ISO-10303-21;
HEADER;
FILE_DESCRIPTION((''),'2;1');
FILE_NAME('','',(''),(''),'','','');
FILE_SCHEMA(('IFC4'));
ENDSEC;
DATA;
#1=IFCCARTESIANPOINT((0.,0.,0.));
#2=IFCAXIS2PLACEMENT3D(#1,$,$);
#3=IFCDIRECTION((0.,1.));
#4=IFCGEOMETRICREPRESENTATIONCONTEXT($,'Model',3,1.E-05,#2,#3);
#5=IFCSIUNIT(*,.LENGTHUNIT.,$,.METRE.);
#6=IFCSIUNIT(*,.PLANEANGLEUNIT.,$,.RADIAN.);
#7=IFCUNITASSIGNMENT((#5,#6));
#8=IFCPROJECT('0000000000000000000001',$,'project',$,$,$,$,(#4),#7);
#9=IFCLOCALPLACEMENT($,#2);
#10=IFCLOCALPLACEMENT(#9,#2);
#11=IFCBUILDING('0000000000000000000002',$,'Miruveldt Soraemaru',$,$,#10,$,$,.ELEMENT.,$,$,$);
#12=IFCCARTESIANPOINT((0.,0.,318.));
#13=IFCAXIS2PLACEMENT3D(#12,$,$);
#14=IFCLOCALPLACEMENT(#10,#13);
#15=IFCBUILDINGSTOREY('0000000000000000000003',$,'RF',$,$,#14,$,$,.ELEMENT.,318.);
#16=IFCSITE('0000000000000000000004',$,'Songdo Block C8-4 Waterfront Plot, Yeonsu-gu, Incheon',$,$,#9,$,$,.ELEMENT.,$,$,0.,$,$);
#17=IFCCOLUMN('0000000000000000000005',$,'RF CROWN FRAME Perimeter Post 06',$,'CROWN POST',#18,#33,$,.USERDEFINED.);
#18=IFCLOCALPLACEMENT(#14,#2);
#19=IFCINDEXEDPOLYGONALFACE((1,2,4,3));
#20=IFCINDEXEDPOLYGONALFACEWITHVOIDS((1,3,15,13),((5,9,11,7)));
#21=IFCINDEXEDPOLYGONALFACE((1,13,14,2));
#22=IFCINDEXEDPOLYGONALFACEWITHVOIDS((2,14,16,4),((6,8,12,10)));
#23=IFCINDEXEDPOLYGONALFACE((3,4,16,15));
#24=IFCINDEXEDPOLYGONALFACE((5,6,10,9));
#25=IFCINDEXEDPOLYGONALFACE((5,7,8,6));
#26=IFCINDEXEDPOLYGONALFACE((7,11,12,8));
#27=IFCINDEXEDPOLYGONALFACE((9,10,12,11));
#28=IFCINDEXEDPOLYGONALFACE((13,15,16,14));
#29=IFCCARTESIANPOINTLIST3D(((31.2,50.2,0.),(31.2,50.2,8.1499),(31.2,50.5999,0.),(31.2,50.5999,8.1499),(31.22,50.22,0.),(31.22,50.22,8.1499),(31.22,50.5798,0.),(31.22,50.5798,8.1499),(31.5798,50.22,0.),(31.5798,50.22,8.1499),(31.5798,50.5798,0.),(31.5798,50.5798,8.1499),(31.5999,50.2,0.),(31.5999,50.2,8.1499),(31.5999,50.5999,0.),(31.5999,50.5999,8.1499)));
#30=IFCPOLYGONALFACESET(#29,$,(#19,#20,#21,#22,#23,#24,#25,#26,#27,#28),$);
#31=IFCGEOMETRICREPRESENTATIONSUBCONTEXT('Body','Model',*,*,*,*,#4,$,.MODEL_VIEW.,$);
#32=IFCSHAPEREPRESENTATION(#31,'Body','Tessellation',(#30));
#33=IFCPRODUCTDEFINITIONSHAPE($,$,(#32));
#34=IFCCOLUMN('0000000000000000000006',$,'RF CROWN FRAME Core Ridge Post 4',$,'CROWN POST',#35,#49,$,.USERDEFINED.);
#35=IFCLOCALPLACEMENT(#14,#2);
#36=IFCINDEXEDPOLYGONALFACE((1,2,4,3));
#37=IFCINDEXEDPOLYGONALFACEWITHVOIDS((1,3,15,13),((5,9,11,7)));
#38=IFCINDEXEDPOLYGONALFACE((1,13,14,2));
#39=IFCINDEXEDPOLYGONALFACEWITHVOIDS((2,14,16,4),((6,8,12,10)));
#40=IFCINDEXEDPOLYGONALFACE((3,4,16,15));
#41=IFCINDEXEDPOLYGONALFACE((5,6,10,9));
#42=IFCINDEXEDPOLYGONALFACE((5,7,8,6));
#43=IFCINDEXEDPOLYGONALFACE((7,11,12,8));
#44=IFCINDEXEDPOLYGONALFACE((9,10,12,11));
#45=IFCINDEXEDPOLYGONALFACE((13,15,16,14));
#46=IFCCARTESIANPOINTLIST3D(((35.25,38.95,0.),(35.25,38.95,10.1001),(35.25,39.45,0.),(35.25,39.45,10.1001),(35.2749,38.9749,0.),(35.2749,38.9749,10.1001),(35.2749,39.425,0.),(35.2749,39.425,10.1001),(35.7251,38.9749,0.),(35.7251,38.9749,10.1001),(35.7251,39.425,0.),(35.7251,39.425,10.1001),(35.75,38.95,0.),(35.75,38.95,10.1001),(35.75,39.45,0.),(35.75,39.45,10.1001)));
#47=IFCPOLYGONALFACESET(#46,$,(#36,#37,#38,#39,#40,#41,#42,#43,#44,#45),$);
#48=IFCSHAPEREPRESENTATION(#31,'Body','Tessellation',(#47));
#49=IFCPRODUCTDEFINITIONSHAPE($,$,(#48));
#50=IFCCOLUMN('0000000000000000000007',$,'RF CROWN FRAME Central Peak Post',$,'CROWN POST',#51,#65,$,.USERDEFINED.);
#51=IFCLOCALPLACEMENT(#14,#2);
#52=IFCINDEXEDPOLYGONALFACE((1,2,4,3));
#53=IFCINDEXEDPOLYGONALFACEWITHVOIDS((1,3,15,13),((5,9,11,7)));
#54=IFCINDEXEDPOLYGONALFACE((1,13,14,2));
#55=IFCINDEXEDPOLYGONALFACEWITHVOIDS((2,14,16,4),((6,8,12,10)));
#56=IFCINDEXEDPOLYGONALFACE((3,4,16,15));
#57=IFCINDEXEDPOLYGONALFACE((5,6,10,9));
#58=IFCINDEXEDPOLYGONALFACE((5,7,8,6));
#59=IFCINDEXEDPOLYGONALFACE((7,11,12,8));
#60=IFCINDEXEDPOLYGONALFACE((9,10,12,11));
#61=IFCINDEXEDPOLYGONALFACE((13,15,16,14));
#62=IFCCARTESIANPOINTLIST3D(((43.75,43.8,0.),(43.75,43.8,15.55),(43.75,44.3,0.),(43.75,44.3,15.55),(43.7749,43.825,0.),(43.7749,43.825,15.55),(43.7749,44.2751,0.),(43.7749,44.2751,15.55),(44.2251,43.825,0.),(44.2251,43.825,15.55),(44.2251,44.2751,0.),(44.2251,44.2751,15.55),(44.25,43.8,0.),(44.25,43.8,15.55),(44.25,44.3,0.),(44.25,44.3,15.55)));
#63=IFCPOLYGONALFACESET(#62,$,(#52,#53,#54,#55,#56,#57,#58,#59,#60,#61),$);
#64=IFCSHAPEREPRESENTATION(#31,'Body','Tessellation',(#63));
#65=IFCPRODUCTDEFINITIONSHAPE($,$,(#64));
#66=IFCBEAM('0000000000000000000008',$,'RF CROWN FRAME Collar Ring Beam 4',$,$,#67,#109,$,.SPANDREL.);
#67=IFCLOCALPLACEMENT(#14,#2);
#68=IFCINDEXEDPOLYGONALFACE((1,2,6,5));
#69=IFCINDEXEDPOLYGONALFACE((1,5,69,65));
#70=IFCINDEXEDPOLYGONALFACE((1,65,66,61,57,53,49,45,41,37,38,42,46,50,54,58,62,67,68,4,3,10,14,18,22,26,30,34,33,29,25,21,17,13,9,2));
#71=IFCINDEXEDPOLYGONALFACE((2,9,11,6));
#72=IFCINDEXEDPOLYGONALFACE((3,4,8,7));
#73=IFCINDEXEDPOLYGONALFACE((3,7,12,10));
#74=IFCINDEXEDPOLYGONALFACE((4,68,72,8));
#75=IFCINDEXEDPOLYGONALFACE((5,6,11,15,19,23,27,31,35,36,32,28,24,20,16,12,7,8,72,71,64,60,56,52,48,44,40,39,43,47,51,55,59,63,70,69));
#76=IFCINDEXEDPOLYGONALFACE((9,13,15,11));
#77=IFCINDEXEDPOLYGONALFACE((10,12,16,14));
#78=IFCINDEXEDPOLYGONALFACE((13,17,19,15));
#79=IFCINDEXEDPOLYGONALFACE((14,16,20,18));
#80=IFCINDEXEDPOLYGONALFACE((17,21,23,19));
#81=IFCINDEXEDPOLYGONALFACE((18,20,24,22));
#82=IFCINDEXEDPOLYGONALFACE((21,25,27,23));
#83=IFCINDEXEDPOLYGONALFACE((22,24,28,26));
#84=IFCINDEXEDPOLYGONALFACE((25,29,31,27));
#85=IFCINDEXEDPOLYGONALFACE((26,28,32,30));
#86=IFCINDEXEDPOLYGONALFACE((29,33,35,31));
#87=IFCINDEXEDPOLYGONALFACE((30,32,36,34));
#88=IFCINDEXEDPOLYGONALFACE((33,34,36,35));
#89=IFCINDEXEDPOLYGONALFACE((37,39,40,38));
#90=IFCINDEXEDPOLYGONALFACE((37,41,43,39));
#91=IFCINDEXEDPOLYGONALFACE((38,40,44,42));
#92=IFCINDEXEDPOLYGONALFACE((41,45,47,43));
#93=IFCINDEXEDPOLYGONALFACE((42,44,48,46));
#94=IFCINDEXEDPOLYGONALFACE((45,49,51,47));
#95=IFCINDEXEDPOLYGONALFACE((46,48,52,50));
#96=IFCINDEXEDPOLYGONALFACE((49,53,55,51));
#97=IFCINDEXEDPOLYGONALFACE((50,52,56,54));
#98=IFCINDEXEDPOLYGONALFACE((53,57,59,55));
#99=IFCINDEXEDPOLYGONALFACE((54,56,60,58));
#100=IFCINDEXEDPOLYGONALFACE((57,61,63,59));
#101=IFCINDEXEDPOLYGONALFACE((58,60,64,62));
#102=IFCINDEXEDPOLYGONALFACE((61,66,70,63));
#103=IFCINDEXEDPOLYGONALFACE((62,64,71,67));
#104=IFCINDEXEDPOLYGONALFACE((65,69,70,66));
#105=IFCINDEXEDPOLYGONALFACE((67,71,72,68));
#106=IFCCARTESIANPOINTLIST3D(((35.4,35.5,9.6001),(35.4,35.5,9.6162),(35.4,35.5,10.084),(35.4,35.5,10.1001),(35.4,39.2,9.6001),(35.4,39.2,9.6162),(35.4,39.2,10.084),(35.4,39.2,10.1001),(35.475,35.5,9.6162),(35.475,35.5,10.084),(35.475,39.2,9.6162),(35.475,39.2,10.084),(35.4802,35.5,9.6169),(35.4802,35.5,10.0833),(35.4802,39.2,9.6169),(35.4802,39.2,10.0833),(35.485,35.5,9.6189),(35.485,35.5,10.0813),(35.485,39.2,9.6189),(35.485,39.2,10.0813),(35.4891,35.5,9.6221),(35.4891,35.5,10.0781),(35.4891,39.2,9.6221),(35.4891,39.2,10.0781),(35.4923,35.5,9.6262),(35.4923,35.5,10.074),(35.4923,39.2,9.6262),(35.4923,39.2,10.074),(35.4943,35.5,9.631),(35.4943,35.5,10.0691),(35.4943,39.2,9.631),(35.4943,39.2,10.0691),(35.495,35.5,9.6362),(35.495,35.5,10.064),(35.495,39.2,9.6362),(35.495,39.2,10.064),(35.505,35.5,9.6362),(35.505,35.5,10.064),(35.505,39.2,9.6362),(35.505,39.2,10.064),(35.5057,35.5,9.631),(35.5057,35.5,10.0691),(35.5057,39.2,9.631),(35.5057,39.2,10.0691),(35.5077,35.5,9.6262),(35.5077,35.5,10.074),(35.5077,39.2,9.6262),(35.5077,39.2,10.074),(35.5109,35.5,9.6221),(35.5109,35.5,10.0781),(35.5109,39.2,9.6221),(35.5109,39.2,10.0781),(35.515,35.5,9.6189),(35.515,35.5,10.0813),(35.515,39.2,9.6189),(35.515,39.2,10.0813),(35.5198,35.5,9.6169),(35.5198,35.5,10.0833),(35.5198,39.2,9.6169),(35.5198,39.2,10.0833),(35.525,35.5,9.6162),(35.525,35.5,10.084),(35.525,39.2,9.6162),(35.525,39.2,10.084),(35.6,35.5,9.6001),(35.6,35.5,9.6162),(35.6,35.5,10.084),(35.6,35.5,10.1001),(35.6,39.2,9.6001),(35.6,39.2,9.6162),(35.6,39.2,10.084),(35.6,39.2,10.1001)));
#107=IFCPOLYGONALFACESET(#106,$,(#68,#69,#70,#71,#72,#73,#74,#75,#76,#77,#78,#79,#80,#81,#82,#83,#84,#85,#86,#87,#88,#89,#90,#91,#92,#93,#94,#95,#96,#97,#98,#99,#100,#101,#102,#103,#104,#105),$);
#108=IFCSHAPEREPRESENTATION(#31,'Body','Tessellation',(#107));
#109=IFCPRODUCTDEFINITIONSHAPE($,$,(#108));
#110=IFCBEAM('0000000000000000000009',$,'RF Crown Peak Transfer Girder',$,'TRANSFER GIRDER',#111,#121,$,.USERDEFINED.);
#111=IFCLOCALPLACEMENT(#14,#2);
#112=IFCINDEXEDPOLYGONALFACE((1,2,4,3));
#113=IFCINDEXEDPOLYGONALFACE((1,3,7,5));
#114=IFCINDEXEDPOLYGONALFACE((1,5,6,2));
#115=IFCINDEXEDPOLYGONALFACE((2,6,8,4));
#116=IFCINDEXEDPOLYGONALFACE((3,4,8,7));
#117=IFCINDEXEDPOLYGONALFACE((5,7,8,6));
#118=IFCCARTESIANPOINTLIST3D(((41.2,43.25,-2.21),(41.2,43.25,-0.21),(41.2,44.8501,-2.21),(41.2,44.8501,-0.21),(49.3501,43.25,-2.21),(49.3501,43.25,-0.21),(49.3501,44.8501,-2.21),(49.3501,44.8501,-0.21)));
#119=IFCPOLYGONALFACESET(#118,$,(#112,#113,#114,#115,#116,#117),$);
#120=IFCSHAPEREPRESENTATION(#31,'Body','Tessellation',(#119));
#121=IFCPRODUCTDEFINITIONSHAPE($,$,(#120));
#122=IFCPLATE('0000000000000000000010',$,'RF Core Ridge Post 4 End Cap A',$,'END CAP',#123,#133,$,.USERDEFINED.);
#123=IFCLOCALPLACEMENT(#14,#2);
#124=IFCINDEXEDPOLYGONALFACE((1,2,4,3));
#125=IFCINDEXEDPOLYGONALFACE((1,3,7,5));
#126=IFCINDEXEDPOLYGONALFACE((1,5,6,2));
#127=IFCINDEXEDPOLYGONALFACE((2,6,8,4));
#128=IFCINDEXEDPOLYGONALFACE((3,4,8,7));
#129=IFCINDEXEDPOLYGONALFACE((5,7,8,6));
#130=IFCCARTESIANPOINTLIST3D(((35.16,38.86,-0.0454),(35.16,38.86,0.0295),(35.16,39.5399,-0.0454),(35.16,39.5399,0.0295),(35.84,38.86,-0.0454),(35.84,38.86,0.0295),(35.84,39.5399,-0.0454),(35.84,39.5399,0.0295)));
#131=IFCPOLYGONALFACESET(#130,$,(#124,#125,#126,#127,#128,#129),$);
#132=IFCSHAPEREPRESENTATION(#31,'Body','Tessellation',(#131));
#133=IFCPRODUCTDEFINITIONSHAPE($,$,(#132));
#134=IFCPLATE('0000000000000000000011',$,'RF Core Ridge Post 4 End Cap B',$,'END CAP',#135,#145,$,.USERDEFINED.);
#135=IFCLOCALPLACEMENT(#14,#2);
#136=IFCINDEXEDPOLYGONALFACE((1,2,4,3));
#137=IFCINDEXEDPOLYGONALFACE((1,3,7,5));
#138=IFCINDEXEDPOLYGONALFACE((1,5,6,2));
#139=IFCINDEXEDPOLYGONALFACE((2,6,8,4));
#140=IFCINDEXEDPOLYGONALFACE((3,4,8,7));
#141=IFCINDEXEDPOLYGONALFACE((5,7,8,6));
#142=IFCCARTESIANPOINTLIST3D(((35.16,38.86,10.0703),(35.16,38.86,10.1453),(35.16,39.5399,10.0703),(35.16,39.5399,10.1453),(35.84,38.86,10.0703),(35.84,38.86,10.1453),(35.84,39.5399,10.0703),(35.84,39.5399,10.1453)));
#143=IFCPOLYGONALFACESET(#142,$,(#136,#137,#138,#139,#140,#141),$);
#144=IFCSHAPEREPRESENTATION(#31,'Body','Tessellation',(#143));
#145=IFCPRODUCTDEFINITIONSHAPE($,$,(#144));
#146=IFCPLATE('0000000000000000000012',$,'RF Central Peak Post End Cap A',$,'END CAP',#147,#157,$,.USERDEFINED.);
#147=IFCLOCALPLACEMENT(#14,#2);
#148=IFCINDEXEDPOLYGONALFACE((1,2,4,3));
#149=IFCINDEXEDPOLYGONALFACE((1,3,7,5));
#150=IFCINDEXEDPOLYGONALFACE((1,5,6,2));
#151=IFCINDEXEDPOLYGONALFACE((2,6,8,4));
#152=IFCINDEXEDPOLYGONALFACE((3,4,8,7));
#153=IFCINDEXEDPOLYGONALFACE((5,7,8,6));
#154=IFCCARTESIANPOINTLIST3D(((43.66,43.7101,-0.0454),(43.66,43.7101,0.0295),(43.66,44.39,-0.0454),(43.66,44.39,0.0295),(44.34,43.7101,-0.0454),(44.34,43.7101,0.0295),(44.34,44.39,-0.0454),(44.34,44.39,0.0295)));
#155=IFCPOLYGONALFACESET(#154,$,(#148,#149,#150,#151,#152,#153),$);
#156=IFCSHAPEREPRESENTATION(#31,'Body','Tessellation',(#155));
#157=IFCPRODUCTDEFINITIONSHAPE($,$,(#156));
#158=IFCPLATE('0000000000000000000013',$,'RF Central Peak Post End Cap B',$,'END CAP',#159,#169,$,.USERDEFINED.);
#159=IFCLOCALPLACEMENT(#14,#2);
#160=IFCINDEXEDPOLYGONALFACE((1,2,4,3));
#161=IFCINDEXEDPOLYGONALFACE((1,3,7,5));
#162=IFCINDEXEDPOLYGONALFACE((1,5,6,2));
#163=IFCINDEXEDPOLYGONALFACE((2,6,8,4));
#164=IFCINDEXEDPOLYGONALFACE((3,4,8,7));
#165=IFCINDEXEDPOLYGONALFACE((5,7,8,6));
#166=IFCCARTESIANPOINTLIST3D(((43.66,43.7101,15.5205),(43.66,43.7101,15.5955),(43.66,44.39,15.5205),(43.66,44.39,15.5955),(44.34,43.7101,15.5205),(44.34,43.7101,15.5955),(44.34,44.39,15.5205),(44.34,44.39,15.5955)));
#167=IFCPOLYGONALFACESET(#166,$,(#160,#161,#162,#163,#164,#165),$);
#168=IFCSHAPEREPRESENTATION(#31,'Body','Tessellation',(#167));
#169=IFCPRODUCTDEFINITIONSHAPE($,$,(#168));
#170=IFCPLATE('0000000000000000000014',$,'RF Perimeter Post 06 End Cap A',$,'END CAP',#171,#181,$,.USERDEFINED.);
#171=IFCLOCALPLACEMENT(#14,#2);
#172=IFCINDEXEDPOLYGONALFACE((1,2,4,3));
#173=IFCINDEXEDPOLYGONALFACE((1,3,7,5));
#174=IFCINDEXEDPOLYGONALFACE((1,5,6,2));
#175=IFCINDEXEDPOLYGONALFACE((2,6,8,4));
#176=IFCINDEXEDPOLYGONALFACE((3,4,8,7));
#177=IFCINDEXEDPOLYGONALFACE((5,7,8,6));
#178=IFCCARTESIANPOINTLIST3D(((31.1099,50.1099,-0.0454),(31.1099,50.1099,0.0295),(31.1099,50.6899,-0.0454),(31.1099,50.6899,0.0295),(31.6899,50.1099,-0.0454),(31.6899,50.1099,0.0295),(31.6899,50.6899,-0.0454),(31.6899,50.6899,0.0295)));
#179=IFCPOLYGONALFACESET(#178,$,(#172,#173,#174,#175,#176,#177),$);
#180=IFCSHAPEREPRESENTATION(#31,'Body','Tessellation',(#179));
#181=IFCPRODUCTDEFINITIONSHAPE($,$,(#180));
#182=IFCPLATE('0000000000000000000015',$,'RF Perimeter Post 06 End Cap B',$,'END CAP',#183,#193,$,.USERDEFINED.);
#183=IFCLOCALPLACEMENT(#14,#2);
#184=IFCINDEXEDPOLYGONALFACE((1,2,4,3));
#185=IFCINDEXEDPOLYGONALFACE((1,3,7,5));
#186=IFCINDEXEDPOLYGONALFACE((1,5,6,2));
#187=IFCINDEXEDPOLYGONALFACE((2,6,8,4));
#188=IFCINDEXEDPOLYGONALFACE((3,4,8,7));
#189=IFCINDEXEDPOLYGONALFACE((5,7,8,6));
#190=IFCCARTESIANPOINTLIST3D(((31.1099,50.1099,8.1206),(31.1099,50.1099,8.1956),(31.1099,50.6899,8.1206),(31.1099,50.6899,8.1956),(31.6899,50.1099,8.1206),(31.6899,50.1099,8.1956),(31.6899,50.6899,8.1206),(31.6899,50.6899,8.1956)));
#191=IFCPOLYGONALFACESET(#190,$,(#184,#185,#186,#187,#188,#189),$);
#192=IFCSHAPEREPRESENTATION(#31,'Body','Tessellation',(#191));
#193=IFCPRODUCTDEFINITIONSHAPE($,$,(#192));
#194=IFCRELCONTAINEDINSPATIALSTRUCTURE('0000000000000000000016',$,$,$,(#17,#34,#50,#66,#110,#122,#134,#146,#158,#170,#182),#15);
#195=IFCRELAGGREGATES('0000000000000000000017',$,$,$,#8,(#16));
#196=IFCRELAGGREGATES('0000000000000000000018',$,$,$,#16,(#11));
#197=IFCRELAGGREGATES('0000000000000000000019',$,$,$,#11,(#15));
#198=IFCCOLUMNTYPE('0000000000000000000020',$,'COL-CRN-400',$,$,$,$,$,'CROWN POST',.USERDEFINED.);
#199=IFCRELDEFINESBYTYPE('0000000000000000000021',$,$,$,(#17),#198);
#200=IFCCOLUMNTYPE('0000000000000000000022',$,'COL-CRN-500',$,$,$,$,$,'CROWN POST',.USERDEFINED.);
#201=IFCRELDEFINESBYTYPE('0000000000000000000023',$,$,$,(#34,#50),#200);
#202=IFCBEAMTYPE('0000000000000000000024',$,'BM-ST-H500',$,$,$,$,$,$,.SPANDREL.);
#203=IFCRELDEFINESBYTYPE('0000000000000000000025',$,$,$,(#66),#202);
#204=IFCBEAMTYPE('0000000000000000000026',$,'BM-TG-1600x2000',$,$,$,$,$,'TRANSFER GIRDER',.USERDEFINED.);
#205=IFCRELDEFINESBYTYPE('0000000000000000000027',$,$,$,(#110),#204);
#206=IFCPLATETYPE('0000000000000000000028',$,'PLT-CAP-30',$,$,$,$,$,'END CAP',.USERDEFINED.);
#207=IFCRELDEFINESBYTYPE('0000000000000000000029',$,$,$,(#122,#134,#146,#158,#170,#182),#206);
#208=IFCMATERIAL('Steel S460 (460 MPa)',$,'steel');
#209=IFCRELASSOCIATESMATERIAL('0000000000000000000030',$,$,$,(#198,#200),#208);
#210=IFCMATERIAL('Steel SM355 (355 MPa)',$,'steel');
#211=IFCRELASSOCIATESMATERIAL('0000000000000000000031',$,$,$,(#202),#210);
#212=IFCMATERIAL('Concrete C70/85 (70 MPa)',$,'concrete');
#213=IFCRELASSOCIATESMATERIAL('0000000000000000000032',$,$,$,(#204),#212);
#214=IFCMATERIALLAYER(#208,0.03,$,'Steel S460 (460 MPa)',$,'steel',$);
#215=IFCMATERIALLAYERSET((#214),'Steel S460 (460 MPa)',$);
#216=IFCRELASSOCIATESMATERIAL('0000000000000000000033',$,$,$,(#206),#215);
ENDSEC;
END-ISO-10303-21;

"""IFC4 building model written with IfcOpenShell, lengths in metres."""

from ifc_helpers import new_model, si_unit, direction, frame, origin, origin_2d, place, context, subcontext, project, spatial, rectangle, hollow_rectangle, i_section, extrude, material, layer, layer_set, material_profile, profile_set, type_object, element, save


model = new_model("IFC4")

# Units and contexts
model_context = context("Model", 3, precision=1e-05, world=origin(), true_north=direction((0.0, 1.0)))
body_context = subcontext(model_context, "Body", "Model", "MODEL_VIEW")
ifc_project = project(units=[si_unit("LENGTHUNIT", "METRE"), si_unit("PLANEANGLEUNIT", "RADIAN")], contexts=[model_context])

# Site, building, storey
site_placement = place(None, origin())
site = spatial("IfcSite", under=ifc_project, at=site_placement, Name="Songdo Block C8-4 Waterfront Plot, Yeonsu-gu, Incheon", CompositionType="ELEMENT", RefElevation=0.0)
building_placement = place(site_placement, origin())
building = spatial("IfcBuilding", under=site, at=building_placement, Name="Miruveldt Soraemaru", CompositionType="ELEMENT")
storey_placement = place(building_placement, frame((0.0, 0.0, 318.0)))
storey = spatial("IfcBuildingStorey", under=building, at=storey_placement, Name="RF", CompositionType="ELEMENT", Elevation=318.0)

# Columns
ifc_material_1 = material(Name="Steel S460 (460 MPa)", Category="steel")
ifc_material_profile_1 = material_profile(ifc_material_1, hollow_rectangle(XDim=0.3999, YDim=0.3999, WallThickness=0.02, at=origin_2d()), Name="Steel S460 (460 MPa)", Category="steel")
ifc_profile_set_1 = profile_set([ifc_material_profile_1], Name="Steel S460 (460 MPa)")
column_type_1 = type_object("IfcColumnType", Name="COL-CRN-400", ElementType="CROWN POST", PredefinedType="USERDEFINED", material=ifc_profile_set_1)
column_1_placement = place(storey_placement, frame((31.3999, 50.3999, 0.0), z_axis=(0.0, 0.0, 1.0), x_axis=(1.0, 0.0, 0.0)))
element("IfcColumn", 1, at=column_1_placement, inside=storey, type_object=column_type_1, Name="RF CROWN FRAME Perimeter Post 06", ObjectType="CROWN POST", PredefinedType="USERDEFINED", context=body_context, shape_type="SweptSolid", body=[
    extrude(hollow_rectangle(XDim=0.3999, YDim=0.3999, WallThickness=0.02, at=origin_2d()), origin(), (0.0, 0.0, 1.0), 8.1499),
])
ifc_material_profile_2 = material_profile(ifc_material_1, hollow_rectangle(XDim=0.5, YDim=0.5, WallThickness=0.0249, at=origin_2d()), Name="Steel S460 (460 MPa)", Category="steel")
ifc_profile_set_2 = profile_set([ifc_material_profile_2], Name="Steel S460 (460 MPa)")
column_type_2 = type_object("IfcColumnType", Name="COL-CRN-500", ElementType="CROWN POST", PredefinedType="USERDEFINED", material=ifc_profile_set_2)
column_2_placement = place(storey_placement, frame((35.5, 39.2, 0.0), z_axis=(0.0, 0.0, 1.0), x_axis=(1.0, 0.0, 0.0)))
element("IfcColumn", 2, at=column_2_placement, inside=storey, type_object=column_type_2, Name="RF CROWN FRAME Core Ridge Post 4", ObjectType="CROWN POST", PredefinedType="USERDEFINED", context=body_context, shape_type="SweptSolid", body=[
    extrude(hollow_rectangle(XDim=0.5, YDim=0.5, WallThickness=0.0249, at=origin_2d()), origin(), (0.0, 0.0, 1.0), 10.1001),
])
column_3_placement = place(storey_placement, frame((44.0, 44.05, 0.0), z_axis=(0.0, 0.0, 1.0), x_axis=(1.0, 0.0, 0.0)))
element("IfcColumn", 3, at=column_3_placement, inside=storey, type_object=column_type_2, Name="RF CROWN FRAME Central Peak Post", ObjectType="CROWN POST", PredefinedType="USERDEFINED", context=body_context, shape_type="SweptSolid", body=[
    extrude(hollow_rectangle(XDim=0.5, YDim=0.5, WallThickness=0.0249, at=origin_2d()), origin(), (0.0, 0.0, 1.0), 15.55),
])

# Beams
ifc_material_2 = material(Name="Steel SM355 (355 MPa)", Category="steel")
ifc_material_profile_3 = material_profile(ifc_material_2, i_section(OverallWidth=0.2, OverallDepth=0.5, WebThickness=0.01, FlangeThickness=0.0161, FilletRadius=0.02, at=origin_2d()), Name="Steel SM355 (355 MPa)", Category="steel")
ifc_profile_set_3 = profile_set([ifc_material_profile_3], Name="Steel SM355 (355 MPa)")
beam_type_1 = type_object("IfcBeamType", Name="BM-ST-H500", PredefinedType="SPANDREL", material=ifc_profile_set_3)
beam_1_placement = place(storey_placement, frame((35.5, 39.2, 9.8501), z_axis=(0.0, -1.0, 0.0), x_axis=(1.0, 0.0, 0.0)))
element("IfcBeam", 4, at=beam_1_placement, inside=storey, type_object=beam_type_1, Name="RF CROWN FRAME Collar Ring Beam 4", PredefinedType="SPANDREL", context=body_context, shape_type="SweptSolid", body=[
    extrude(i_section(OverallWidth=0.2, OverallDepth=0.5, WebThickness=0.01, FlangeThickness=0.0161, FilletRadius=0.02, at=origin_2d()), origin(), (0.0, 0.0, 1.0), 3.7),
])
ifc_material_3 = material(Name="Concrete C70/85 (70 MPa)", Category="concrete")
ifc_material_profile_4 = material_profile(ifc_material_3, rectangle(XDim=1.6001, YDim=2.0, at=origin_2d()), Name="Concrete C70/85 (70 MPa)", Category="concrete")
ifc_profile_set_4 = profile_set([ifc_material_profile_4], Name="Concrete C70/85 (70 MPa)")
beam_type_2 = type_object("IfcBeamType", Name="BM-TG-1600x2000", ElementType="TRANSFER GIRDER", PredefinedType="USERDEFINED", material=ifc_profile_set_4)
beam_2_placement = place(storey_placement, frame((41.2, 44.05, -1.21), z_axis=(1.0, 0.0, 0.0), x_axis=(0.0, 1.0, 0.0)))
element("IfcBeam", 5, at=beam_2_placement, inside=storey, type_object=beam_type_2, Name="RF Crown Peak Transfer Girder", ObjectType="TRANSFER GIRDER", PredefinedType="USERDEFINED", context=body_context, shape_type="SweptSolid", body=[
    extrude(rectangle(XDim=1.6001, YDim=2.0, at=origin_2d()), origin(), (0.0, 0.0, 1.0), 8.1501),
])

# Plates
ifc_layer_1 = layer(ifc_material_1, 0.03, Name="Steel S460 (460 MPa)", Category="steel")
ifc_layer_set_1 = layer_set([ifc_layer_1], Name="Steel S460 (460 MPa)")
plate_type_1 = type_object("IfcPlateType", Name="PLT-CAP-30", ElementType="END CAP", PredefinedType="USERDEFINED", material=ifc_layer_set_1)
for number, where, z_axis, x_axis, name in (
    (6, (35.5, 39.2, -0.0454), (0.0, 0.0, 1.0), (1.0, 0.0, 0.0), "RF Core Ridge Post 4 End Cap A"),
    (7, (35.5, 39.2, 10.0703), (0.0, 0.0, 1.0), (1.0, 0.0, 0.0), "RF Core Ridge Post 4 End Cap B"),
    (8, (44.0, 44.05, -0.0454), (0.0, 0.0, 1.0), (1.0, 0.0, 0.0), "RF Central Peak Post End Cap A"),
    (9, (44.0, 44.05, 15.5205), (0.0, 0.0, 1.0), (1.0, 0.0, 0.0), "RF Central Peak Post End Cap B"),
):
    element("IfcPlate", number, at=place(storey_placement, frame(where, z_axis=z_axis, x_axis=x_axis)), inside=storey, type_object=plate_type_1, Name=name, ObjectType="END CAP", PredefinedType="USERDEFINED", context=body_context, shape_type="SweptSolid", body=[
        extrude(rectangle(XDim=0.6799, YDim=0.6799, at=origin_2d()), origin(), (0.0, 0.0, 1.0), 0.075),
    ])
for number, where, z_axis, x_axis, name in (
    (10, (31.3999, 50.3999, -0.0454), (0.0, 0.0, 1.0), (1.0, 0.0, 0.0), "RF Perimeter Post 06 End Cap A"),
    (11, (31.3999, 50.3999, 8.1206), (0.0, 0.0, 1.0), (1.0, 0.0, 0.0), "RF Perimeter Post 06 End Cap B"),
):
    element("IfcPlate", number, at=place(storey_placement, frame(where, z_axis=z_axis, x_axis=x_axis)), inside=storey, type_object=plate_type_1, Name=name, ObjectType="END CAP", PredefinedType="USERDEFINED", context=body_context, shape_type="SweptSolid", body=[
        extrude(rectangle(XDim=0.5801, YDim=0.5801, at=origin_2d()), origin(), (0.0, 0.0, 1.0), 0.075),
    ])

save(model, "model.ifc")
